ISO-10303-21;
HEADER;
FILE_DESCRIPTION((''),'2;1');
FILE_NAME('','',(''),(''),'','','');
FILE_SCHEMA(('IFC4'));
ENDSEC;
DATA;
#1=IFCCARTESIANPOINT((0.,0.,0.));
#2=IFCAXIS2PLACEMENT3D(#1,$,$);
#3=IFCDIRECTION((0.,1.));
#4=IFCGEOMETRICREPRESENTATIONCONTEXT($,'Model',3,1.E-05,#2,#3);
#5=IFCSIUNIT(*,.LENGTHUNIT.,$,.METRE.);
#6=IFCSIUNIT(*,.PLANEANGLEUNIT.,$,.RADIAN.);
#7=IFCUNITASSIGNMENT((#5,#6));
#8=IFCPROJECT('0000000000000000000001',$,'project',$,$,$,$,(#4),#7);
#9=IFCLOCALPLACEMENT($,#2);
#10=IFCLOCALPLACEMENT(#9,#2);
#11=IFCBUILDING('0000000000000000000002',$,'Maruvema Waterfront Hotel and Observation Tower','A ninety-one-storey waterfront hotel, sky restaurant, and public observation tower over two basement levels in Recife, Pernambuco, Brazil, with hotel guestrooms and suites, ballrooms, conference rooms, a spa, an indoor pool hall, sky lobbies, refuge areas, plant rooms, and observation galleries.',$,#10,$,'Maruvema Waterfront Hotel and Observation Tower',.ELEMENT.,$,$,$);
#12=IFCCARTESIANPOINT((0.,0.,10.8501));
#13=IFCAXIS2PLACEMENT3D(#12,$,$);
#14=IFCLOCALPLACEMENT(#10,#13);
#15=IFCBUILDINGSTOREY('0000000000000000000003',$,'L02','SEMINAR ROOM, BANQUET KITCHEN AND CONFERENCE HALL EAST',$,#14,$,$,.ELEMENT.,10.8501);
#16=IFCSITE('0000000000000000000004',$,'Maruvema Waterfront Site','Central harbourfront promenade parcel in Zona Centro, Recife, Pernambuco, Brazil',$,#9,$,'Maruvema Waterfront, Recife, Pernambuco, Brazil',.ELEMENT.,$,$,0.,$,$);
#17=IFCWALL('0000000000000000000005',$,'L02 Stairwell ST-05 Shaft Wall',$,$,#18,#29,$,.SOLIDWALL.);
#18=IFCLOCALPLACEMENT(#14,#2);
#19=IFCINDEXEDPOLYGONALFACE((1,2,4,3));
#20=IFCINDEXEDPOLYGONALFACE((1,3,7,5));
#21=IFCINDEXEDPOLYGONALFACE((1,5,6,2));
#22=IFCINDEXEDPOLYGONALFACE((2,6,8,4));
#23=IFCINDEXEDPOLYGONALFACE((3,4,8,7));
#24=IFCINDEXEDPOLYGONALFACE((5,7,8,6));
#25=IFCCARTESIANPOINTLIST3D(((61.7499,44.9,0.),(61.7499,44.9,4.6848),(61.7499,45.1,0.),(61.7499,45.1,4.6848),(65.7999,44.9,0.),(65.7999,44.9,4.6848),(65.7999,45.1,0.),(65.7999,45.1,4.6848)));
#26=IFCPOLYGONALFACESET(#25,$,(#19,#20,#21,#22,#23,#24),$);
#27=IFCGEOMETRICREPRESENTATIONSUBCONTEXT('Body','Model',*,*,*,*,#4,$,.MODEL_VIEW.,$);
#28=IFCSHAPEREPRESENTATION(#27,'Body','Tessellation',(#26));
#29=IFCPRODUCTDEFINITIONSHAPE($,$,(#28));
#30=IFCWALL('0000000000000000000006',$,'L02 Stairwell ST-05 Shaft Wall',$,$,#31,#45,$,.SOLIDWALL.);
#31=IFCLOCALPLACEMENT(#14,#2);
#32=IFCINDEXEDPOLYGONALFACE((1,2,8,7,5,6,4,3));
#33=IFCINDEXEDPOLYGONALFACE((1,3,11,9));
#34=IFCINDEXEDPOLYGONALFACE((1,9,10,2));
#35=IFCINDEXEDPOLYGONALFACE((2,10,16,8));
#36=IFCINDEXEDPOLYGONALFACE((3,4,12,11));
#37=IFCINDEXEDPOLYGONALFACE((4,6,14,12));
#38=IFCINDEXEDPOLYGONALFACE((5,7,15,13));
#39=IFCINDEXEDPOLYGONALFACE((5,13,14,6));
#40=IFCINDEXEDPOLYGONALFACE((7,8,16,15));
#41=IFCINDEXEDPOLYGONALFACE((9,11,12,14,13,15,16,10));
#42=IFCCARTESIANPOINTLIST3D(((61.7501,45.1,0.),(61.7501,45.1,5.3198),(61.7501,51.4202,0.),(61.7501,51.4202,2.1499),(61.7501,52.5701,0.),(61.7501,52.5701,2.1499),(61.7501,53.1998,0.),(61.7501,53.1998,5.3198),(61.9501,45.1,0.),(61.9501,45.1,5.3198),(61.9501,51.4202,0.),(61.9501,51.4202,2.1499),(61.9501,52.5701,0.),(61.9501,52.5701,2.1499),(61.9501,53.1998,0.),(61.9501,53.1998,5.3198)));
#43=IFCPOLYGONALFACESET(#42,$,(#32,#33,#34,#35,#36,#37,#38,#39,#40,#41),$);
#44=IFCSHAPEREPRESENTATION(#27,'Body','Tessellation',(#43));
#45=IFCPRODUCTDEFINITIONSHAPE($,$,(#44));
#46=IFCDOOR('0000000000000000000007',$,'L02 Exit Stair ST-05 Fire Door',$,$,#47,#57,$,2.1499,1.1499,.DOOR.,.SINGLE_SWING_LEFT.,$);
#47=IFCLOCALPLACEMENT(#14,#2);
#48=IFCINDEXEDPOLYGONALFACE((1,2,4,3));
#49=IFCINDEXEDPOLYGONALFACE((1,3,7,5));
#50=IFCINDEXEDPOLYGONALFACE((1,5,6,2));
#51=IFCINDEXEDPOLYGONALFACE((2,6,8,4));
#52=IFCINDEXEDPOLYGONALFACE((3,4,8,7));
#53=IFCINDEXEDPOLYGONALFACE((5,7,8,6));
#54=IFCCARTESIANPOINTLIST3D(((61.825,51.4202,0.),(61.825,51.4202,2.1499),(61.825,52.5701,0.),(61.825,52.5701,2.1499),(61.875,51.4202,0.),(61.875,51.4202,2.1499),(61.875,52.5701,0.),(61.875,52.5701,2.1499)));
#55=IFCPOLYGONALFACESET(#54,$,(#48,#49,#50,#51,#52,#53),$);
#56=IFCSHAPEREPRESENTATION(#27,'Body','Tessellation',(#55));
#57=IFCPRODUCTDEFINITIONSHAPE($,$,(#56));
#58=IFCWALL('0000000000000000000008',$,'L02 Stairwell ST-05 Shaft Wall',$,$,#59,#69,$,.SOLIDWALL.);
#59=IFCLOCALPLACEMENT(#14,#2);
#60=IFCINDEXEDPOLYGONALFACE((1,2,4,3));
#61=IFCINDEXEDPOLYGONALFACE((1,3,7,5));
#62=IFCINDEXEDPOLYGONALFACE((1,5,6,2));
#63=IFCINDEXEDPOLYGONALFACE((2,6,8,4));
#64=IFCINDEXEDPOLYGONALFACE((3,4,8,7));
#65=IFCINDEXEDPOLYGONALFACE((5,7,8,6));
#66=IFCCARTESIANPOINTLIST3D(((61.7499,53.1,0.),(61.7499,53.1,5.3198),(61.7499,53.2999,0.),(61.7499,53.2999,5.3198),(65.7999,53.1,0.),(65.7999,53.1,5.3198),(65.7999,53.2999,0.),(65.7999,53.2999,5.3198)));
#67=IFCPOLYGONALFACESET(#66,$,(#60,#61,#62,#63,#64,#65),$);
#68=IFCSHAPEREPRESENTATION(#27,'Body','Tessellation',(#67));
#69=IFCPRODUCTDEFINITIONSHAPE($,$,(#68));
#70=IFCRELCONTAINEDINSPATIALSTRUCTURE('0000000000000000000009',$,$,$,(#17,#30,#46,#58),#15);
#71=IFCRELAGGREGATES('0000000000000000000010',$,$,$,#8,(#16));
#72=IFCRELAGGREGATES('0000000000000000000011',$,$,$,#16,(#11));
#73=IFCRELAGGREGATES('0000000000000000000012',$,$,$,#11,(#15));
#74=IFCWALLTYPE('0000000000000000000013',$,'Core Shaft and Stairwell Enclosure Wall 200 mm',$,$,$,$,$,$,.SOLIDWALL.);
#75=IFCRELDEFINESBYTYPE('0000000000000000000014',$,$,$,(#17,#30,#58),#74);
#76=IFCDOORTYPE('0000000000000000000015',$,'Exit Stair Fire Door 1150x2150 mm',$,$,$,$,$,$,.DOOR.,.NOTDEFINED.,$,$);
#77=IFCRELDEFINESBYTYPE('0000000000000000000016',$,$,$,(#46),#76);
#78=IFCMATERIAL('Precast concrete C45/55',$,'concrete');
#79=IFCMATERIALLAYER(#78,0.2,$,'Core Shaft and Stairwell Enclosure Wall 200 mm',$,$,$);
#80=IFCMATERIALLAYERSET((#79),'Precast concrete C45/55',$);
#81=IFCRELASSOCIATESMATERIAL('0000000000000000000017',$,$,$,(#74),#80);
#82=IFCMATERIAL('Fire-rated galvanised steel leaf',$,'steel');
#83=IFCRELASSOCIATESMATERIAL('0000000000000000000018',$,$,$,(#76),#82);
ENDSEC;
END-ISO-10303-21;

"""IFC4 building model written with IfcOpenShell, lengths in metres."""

from ifc_helpers import new_model, si_unit, direction, frame, frame_2d, origin, place, context, subcontext, project, spatial, rectangle, extrude, material, layer, layer_set, type_object, element, fill, save


model = new_model("IFC4")

# Units and contexts
model_context = context("Model", 3, precision=1e-05, world=origin(), true_north=direction((0.0, 1.0)))
body_context = subcontext(model_context, "Body", "Model", "MODEL_VIEW")
ifc_project = project(units=[si_unit("LENGTHUNIT", "METRE"), si_unit("PLANEANGLEUNIT", "RADIAN")], contexts=[model_context])

# Site, building, storey
site_placement = place(None, origin())
site = spatial("IfcSite", under=ifc_project, at=site_placement, Name="Maruvema Waterfront Site", Description="Central harbourfront promenade parcel in Zona Centro, Recife, Pernambuco, Brazil", LongName="Maruvema Waterfront, Recife, Pernambuco, Brazil", CompositionType="ELEMENT", RefElevation=0.0)
building_placement = place(site_placement, origin())
building = spatial("IfcBuilding", under=site, at=building_placement, Name="Maruvema Waterfront Hotel and Observation Tower", Description="A ninety-one-storey waterfront hotel, sky restaurant, and public observation tower over two basement levels in Recife, Pernambuco, Brazil, with hotel guestrooms and suites, ballrooms, conference rooms, a spa, an indoor pool hall, sky lobbies, refuge areas, plant rooms, and observation galleries.", LongName="Maruvema Waterfront Hotel and Observation Tower", CompositionType="ELEMENT")
storey_placement = place(building_placement, frame((0.0, 0.0, 10.8501)))
storey = spatial("IfcBuildingStorey", under=building, at=storey_placement, Name="L02", Description="SEMINAR ROOM, BANQUET KITCHEN AND CONFERENCE HALL EAST", CompositionType="ELEMENT", Elevation=10.8501)

# Wall
ifc_material_1 = material(Name="Precast concrete C45/55", Category="concrete")
ifc_layer_1 = layer(ifc_material_1, 0.2, Name="Core Shaft and Stairwell Enclosure Wall 200 mm")
ifc_layer_set_1 = layer_set([ifc_layer_1], Name="Precast concrete C45/55")
wall_type = type_object("IfcWallType", Name="Core Shaft and Stairwell Enclosure Wall 200 mm", PredefinedType="SOLIDWALL", material=ifc_layer_set_1)
wall_1_placement = place(storey_placement, frame((61.75, 45.0, 0.0), z_axis=(0.0, 0.0, 1.0), x_axis=(1.0, 0.0, 0.0)))
element("IfcWall", 1, at=wall_1_placement, inside=storey, type_object=wall_type, Name="L02 Stairwell ST-05 Shaft Wall", PredefinedType="SOLIDWALL", context=body_context, shape_type="SweptSolid", body=[
    extrude(rectangle(XDim=4.05, YDim=0.2, at=frame_2d((2.0249, 0.0))), origin(), (0.0, 0.0, 1.0), 4.6848),
])

# Wall, opening, door
wall_2_placement = place(storey_placement, frame((61.8501, 45.1001, 0.0), z_axis=(0.0, 0.0, 1.0), x_axis=(0.0, 1.0, 0.0)))
wall_2 = element("IfcWall", 2, at=wall_2_placement, inside=storey, type_object=wall_type, Name="L02 Stairwell ST-05 Shaft Wall", PredefinedType="SOLIDWALL", context=body_context, shape_type="SweptSolid", body=[
    extrude(rectangle(XDim=8.0999, YDim=0.2, at=frame_2d((4.0498, 0.0))), origin(), (0.0, 0.0, 1.0), 5.3198),
])
opening_placement = place(wall_2_placement, frame((6.3201, 0.0, 0.0)))
opening = element("IfcOpeningElement", 3, at=opening_placement, cuts=wall_2, PredefinedType="OPENING", context=body_context, shape_type="SweptSolid", body=[
    extrude(rectangle(XDim=1.1499, YDim=2.1499, at=frame_2d((0.575, 1.075))), frame((0.0, 0.1099, 0.0), z_axis=(0.0, -1.0, 0.0), x_axis=(1.0, 0.0, 0.0)), (0.0, 0.0, 1.0), 0.22),
])
ifc_material_2 = material(Name="Fire-rated galvanised steel leaf", Category="steel")
door_type = type_object("IfcDoorType", Name="Exit Stair Fire Door 1150x2150 mm", OperationType="NOTDEFINED", PredefinedType="DOOR", material=ifc_material_2)
door_placement = place(opening_placement, frame((1.1499, 0.0, 0.0), z_axis=(0.0, 0.0, 1.0), x_axis=(-1.0, 0.0, 0.0)))
door = element("IfcDoor", 4, at=door_placement, inside=storey, type_object=door_type, Name="L02 Exit Stair ST-05 Fire Door", OperationType="SINGLE_SWING_LEFT", OverallHeight=2.1499, OverallWidth=1.1499, PredefinedType="DOOR", context=body_context, shape_type="SweptSolid", body=[
    extrude(rectangle(XDim=1.1499, YDim=2.1499, at=frame_2d((0.575, 1.075))), frame((0.0, 0.0249, 0.0), z_axis=(0.0, -1.0, 0.0), x_axis=(1.0, 0.0, 0.0)), (0.0, 0.0, 1.0), 0.05),
])
fill(opening, door)

# Wall
wall_3_placement = place(storey_placement, frame((61.75, 53.2, 0.0), z_axis=(0.0, 0.0, 1.0), x_axis=(1.0, 0.0, 0.0)))
element("IfcWall", 5, at=wall_3_placement, inside=storey, type_object=wall_type, Name="L02 Stairwell ST-05 Shaft Wall", PredefinedType="SOLIDWALL", context=body_context, shape_type="SweptSolid", body=[
    extrude(rectangle(XDim=4.05, YDim=0.2, at=frame_2d((2.0249, 0.0))), origin(), (0.0, 0.0, 1.0), 5.3198),
])

save(model, "model.ifc")
